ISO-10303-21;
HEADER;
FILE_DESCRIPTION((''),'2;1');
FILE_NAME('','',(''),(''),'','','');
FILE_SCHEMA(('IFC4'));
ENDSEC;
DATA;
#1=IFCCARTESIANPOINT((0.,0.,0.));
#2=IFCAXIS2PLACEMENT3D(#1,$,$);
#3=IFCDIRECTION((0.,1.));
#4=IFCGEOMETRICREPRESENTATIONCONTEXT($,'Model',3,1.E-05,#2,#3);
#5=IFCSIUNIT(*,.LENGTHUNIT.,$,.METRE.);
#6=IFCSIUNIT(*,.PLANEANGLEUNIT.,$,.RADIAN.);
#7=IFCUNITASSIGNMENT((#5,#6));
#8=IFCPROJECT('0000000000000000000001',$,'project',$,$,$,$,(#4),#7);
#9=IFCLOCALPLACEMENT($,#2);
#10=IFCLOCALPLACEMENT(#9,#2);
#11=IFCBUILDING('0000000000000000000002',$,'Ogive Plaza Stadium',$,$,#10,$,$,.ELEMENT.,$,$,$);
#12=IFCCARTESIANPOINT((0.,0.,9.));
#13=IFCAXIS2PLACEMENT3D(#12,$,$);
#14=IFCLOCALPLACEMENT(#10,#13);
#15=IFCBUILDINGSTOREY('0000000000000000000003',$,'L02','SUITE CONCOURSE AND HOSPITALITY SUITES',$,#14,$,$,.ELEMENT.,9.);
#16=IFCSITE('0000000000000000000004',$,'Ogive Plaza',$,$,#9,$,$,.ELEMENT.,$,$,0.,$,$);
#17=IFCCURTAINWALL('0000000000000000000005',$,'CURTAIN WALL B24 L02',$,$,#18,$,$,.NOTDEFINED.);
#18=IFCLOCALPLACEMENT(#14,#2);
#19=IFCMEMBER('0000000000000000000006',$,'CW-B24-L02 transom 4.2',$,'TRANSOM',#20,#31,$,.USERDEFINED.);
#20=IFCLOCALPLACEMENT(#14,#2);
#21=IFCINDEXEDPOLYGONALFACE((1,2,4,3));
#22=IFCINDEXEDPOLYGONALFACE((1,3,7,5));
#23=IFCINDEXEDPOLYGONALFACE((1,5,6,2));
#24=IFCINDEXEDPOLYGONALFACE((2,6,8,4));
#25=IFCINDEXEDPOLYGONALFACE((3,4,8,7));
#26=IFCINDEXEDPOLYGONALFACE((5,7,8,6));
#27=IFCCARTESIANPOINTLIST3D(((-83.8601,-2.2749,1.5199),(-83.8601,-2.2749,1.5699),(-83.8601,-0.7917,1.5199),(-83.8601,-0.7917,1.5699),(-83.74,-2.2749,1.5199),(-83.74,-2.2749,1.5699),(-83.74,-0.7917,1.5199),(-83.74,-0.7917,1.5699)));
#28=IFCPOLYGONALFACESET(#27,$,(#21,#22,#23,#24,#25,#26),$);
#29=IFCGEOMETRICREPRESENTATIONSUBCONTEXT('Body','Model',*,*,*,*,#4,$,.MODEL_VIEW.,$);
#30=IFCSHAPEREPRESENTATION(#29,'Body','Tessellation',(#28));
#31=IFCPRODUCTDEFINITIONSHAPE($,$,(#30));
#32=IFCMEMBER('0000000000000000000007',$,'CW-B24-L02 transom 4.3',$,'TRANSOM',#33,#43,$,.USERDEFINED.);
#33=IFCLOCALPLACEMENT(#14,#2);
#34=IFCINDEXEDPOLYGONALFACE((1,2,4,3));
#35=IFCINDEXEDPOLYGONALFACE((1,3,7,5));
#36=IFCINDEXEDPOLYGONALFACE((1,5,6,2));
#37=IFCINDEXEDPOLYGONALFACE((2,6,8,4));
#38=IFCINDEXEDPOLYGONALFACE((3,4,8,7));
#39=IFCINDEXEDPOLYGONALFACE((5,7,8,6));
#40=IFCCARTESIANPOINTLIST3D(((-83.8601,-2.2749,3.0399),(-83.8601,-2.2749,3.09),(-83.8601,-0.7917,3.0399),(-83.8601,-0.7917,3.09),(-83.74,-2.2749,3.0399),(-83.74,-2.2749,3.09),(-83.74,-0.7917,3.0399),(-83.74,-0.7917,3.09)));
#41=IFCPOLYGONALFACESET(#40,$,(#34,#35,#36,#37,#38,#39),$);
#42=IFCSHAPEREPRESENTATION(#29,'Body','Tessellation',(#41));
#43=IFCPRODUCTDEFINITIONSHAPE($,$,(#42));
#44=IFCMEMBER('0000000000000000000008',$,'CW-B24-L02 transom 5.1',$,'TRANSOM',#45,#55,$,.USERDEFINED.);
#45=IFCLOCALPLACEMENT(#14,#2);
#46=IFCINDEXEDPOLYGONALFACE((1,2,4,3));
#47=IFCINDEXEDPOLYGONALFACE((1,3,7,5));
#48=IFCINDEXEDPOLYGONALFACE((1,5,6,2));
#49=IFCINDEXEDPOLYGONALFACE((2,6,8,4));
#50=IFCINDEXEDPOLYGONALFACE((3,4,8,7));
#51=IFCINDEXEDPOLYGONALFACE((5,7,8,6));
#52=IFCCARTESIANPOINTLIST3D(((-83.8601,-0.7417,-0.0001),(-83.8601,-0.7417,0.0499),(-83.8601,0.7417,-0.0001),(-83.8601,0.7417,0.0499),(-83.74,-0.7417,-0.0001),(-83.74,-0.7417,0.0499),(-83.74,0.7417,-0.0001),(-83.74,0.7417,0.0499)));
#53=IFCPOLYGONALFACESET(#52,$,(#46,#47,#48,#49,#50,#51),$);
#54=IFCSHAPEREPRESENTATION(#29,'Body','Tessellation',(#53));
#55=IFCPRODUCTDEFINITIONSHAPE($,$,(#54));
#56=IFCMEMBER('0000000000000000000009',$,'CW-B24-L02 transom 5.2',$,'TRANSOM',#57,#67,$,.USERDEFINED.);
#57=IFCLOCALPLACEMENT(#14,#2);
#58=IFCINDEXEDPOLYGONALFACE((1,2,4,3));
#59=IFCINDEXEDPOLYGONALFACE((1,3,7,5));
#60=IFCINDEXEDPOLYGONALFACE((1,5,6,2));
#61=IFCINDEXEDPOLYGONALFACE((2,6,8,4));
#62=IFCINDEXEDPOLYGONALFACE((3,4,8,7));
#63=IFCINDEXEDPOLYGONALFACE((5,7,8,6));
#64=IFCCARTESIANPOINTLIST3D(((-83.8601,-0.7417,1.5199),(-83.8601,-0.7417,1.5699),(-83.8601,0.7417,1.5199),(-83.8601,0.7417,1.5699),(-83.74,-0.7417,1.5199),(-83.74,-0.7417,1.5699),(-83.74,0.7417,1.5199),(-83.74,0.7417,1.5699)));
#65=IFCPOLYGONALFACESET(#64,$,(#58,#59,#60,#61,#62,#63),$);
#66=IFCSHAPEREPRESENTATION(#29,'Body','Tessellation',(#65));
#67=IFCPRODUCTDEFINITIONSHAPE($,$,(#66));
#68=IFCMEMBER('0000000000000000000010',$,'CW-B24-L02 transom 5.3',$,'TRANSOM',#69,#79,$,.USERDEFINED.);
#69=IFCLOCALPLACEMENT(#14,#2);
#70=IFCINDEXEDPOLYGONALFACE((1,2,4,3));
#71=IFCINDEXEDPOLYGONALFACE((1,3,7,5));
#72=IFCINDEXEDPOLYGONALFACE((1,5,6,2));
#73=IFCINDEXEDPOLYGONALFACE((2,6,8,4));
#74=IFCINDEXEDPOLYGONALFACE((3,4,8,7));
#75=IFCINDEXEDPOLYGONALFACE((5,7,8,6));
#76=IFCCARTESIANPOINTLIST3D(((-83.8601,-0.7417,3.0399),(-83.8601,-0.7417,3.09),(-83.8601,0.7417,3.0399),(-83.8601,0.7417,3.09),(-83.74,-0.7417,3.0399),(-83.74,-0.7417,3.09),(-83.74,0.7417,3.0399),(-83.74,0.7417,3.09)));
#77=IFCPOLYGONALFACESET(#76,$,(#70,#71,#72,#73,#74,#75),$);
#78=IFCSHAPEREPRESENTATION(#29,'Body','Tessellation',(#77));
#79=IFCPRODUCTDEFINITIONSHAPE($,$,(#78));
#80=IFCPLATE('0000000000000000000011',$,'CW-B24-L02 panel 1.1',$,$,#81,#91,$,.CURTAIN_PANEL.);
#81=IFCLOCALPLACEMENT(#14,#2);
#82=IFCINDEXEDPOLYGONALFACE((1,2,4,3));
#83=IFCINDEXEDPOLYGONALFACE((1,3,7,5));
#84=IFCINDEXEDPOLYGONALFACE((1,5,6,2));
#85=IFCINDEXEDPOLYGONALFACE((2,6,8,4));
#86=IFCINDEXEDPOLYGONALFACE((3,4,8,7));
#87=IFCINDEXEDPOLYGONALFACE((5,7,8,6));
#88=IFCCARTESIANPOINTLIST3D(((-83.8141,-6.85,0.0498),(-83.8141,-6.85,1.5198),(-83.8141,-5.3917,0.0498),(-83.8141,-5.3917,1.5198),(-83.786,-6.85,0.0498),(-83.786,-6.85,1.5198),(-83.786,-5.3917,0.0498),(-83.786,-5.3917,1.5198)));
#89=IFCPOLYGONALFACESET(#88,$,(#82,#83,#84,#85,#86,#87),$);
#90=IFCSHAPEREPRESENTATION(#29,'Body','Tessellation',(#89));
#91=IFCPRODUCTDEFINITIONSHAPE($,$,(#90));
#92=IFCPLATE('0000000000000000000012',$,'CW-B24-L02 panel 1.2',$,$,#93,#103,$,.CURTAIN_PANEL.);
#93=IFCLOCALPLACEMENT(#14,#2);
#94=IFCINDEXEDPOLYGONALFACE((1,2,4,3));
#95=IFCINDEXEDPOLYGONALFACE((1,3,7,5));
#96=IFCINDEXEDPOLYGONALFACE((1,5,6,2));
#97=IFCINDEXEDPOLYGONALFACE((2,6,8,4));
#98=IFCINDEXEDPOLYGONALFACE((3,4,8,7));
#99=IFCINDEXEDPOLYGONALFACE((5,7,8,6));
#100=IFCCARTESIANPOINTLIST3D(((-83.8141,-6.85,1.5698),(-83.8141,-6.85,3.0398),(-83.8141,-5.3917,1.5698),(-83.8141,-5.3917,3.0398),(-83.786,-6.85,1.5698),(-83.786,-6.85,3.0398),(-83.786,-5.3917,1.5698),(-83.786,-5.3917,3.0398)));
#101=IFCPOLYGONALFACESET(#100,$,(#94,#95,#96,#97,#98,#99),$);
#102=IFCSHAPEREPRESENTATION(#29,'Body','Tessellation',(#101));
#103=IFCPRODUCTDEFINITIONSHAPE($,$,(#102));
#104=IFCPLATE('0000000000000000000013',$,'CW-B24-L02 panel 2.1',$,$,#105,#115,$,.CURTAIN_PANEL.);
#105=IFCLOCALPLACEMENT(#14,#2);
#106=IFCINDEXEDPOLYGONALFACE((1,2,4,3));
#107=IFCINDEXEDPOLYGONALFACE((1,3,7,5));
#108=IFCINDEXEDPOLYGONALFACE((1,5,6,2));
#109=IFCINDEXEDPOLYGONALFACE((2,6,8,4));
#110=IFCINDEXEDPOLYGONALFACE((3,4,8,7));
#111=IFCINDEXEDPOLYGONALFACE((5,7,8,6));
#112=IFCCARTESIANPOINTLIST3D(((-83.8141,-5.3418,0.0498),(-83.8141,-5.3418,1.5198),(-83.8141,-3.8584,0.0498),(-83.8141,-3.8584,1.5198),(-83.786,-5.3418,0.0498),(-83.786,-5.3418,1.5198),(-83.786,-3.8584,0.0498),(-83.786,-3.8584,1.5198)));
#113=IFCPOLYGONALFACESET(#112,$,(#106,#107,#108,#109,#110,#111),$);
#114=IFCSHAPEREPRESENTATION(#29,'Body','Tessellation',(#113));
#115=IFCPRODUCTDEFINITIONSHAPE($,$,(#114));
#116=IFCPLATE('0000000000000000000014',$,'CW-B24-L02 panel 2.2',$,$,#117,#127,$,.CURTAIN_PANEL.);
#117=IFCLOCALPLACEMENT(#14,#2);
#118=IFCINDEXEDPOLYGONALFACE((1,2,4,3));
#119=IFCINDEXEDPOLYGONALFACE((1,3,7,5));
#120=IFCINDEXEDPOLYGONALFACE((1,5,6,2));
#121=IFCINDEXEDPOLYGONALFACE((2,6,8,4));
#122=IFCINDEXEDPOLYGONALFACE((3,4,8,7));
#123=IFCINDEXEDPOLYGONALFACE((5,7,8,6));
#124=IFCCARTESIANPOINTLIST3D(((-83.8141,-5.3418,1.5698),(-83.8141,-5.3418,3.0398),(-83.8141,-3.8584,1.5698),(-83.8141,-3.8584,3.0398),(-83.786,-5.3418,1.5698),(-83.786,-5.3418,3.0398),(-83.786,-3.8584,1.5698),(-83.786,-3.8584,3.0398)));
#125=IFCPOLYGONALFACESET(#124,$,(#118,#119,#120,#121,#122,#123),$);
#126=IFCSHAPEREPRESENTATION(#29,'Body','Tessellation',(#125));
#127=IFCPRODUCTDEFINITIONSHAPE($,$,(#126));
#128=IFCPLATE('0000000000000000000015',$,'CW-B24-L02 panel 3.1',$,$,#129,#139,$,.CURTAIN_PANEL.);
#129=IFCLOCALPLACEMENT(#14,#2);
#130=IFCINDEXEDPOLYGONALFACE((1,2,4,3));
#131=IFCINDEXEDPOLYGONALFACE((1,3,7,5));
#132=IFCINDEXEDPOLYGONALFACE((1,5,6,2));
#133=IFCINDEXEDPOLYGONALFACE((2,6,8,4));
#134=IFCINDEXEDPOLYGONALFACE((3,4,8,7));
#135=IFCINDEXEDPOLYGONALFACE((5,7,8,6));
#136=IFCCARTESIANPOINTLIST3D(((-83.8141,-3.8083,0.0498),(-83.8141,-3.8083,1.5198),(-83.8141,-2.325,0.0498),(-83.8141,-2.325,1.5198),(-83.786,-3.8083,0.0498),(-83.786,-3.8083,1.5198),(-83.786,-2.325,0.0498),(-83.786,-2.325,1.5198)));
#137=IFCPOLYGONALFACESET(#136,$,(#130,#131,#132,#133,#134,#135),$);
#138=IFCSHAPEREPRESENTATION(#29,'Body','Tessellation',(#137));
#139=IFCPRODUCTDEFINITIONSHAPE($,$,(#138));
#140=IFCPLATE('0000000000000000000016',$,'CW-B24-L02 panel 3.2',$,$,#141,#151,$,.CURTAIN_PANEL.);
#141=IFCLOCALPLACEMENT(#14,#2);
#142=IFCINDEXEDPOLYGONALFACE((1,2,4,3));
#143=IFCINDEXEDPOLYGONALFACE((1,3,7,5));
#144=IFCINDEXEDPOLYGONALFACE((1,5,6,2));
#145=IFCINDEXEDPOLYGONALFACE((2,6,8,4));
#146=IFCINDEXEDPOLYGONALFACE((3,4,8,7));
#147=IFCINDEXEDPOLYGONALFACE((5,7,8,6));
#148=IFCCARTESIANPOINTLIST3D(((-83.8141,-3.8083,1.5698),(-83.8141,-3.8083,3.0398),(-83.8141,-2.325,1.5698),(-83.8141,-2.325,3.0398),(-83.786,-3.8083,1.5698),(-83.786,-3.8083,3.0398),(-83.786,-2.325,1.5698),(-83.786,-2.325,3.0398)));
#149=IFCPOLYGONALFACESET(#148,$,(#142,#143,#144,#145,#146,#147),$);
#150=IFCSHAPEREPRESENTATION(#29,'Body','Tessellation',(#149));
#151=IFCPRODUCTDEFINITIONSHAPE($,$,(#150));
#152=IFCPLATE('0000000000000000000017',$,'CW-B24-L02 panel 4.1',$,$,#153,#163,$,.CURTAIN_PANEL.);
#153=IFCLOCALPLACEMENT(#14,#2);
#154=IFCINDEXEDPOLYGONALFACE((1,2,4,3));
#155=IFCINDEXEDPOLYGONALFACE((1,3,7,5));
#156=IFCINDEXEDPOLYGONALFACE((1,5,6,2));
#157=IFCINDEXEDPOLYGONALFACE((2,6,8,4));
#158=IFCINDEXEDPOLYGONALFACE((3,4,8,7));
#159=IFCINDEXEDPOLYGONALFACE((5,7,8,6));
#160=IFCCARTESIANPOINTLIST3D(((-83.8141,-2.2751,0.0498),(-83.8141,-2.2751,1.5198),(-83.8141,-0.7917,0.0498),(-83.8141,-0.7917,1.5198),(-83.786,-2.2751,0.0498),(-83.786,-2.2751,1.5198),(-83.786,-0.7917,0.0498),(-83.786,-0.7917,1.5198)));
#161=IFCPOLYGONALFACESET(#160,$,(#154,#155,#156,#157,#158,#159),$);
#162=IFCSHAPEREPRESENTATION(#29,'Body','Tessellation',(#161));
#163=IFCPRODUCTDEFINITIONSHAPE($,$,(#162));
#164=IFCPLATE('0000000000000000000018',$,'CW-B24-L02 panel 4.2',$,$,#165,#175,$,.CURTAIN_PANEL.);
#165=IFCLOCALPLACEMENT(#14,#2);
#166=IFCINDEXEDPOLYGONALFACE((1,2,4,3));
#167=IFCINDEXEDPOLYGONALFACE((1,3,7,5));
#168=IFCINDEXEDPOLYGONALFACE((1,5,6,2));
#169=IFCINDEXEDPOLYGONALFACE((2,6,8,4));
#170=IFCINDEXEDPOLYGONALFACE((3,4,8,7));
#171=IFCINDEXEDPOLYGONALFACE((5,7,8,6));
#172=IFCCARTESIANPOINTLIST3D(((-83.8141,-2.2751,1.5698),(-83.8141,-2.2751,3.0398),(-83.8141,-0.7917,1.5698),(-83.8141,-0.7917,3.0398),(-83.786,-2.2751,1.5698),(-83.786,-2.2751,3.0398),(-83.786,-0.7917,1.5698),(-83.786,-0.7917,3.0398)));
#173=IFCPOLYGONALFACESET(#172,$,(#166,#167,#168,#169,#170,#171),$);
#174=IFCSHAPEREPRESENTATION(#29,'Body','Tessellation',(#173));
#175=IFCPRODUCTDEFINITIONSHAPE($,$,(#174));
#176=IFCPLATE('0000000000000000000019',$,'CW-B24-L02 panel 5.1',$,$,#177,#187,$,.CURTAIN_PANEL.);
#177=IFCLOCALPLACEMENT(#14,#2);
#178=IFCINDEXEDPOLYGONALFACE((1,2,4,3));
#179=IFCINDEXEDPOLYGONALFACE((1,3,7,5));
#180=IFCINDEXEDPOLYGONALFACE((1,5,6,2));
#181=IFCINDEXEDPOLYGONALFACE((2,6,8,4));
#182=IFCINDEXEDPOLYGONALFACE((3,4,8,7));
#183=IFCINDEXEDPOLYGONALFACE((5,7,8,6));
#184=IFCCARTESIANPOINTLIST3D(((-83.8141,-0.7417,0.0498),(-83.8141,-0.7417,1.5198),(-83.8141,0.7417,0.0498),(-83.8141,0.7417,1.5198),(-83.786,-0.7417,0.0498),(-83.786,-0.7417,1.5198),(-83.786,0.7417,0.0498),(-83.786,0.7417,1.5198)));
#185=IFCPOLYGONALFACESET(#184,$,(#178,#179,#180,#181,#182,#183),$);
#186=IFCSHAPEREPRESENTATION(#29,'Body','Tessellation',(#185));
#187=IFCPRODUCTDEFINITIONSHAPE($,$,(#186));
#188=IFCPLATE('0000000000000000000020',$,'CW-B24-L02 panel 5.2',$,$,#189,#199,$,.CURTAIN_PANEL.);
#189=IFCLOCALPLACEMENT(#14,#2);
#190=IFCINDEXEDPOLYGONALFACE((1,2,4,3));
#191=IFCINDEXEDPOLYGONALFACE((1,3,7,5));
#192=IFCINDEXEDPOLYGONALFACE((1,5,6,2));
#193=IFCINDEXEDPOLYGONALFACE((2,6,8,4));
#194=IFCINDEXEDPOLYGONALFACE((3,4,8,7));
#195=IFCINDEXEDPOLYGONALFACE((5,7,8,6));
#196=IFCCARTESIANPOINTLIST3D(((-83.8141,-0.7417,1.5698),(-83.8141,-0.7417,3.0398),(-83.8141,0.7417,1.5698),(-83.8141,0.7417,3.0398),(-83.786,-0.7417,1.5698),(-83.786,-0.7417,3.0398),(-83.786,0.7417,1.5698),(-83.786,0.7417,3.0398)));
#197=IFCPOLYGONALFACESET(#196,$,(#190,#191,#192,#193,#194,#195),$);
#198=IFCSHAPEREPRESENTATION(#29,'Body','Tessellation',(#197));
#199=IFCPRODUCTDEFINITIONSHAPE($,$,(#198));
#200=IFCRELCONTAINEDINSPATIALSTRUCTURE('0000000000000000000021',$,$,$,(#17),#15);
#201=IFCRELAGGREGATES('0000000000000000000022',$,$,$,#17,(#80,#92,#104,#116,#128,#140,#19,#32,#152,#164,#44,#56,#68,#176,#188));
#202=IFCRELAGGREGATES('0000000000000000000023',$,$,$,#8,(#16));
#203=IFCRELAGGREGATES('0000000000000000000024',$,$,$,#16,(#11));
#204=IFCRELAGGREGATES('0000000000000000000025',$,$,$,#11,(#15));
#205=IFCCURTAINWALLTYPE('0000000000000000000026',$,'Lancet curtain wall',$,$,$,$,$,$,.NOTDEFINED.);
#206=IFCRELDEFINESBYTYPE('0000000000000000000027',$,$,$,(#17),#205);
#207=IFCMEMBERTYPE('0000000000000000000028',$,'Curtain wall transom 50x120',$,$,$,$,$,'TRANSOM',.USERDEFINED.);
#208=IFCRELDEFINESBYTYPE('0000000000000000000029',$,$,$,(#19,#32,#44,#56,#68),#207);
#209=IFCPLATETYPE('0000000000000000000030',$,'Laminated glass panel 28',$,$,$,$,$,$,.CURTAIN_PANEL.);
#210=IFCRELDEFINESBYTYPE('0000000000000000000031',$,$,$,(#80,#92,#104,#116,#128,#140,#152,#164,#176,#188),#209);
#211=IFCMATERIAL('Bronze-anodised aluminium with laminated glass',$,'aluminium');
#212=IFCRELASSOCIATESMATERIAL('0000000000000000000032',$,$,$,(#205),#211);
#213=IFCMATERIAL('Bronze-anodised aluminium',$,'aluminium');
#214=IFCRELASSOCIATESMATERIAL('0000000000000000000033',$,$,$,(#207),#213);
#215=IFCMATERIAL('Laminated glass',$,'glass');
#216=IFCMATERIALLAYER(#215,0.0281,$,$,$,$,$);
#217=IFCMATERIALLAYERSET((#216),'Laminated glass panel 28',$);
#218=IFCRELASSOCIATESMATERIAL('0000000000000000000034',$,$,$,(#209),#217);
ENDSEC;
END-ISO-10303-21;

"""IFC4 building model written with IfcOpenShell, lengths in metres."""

from ifc_helpers import new_model, si_unit, direction, frame, origin, origin_2d, place, context, subcontext, project, spatial, rectangle, extrude, material, layer, layer_set, material_profile, profile_set, type_object, element, aggregate, save


model = new_model("IFC4")

# Units and contexts
model_context = context("Model", 3, precision=1e-05, world=origin(), true_north=direction((0.0, 1.0)))
body_context = subcontext(model_context, "Body", "Model", "MODEL_VIEW")
ifc_project = project(units=[si_unit("LENGTHUNIT", "METRE"), si_unit("PLANEANGLEUNIT", "RADIAN")], contexts=[model_context])

# Site, building, storey
site_placement = place(None, origin())
site = spatial("IfcSite", under=ifc_project, at=site_placement, Name="Ogive Plaza", CompositionType="ELEMENT", RefElevation=0.0)
building_placement = place(site_placement, origin())
building = spatial("IfcBuilding", under=site, at=building_placement, Name="Ogive Plaza Stadium", CompositionType="ELEMENT")
storey_placement = place(building_placement, frame((0.0, 0.0, 9.0)))
storey = spatial("IfcBuildingStorey", under=building, at=storey_placement, Name="L02", Description="SUITE CONCOURSE AND HOSPITALITY SUITES", CompositionType="ELEMENT", Elevation=9.0)

# Curtain wall, members, plates
ifc_material_1 = material(Name="Bronze-anodised aluminium with laminated glass", Category="aluminium")
curtain_wall_type = type_object("IfcCurtainWallType", Name="Lancet curtain wall", PredefinedType="NOTDEFINED", material=ifc_material_1)
curtain_wall_placement = place(storey_placement, origin())
curtain_wall = element("IfcCurtainWall", 1, at=curtain_wall_placement, inside=storey, type_object=curtain_wall_type, Name="CURTAIN WALL B24 L02", PredefinedType="NOTDEFINED")
ifc_material_2 = material(Name="Bronze-anodised aluminium", Category="aluminium")
ifc_material_profile_1 = material_profile(ifc_material_2, rectangle(XDim=0.1201, YDim=0.05, at=origin_2d()), Name="AL 120x50")
ifc_profile_set_1 = profile_set([ifc_material_profile_1], Name="Bronze-anodised aluminium")
member_type_1 = type_object("IfcMemberType", Name="Curtain wall transom 50x120", ElementType="TRANSOM", PredefinedType="USERDEFINED", material=ifc_profile_set_1)
member_1_placement = place(storey_placement, frame((-83.8, -2.2749, 1.5449), z_axis=(0.0, 1.0, 0.0), x_axis=(-1.0, 0.0, 0.0)))
member_1 = element("IfcMember", 2, at=member_1_placement, type_object=member_type_1, Name="CW-B24-L02 transom 4.2", ObjectType="TRANSOM", PredefinedType="USERDEFINED", context=body_context, shape_type="SweptSolid", body=[
    extrude(rectangle(XDim=0.1201, YDim=0.05, at=origin_2d()), origin(), (0.0, 0.0, 1.0), 1.4832),
])
member_2_placement = place(storey_placement, frame((-83.8, -2.2749, 3.0649), z_axis=(0.0, 1.0, 0.0), x_axis=(-1.0, 0.0, 0.0)))
member_2 = element("IfcMember", 3, at=member_2_placement, type_object=member_type_1, Name="CW-B24-L02 transom 4.3", ObjectType="TRANSOM", PredefinedType="USERDEFINED", context=body_context, shape_type="SweptSolid", body=[
    extrude(rectangle(XDim=0.1201, YDim=0.05, at=origin_2d()), origin(), (0.0, 0.0, 1.0), 1.4832),
])
member_3_placement = place(storey_placement, frame((-83.8, -0.7417, 0.0249), z_axis=(0.0, 1.0, 0.0), x_axis=(-1.0, 0.0, 0.0)))
member_3 = element("IfcMember", 4, at=member_3_placement, type_object=member_type_1, Name="CW-B24-L02 transom 5.1", ObjectType="TRANSOM", PredefinedType="USERDEFINED", context=body_context, shape_type="SweptSolid", body=[
    extrude(rectangle(XDim=0.1201, YDim=0.05, at=origin_2d()), origin(), (0.0, 0.0, 1.0), 1.4834),
])
member_4_placement = place(storey_placement, frame((-83.8, -0.7417, 1.5449), z_axis=(0.0, 1.0, 0.0), x_axis=(-1.0, 0.0, 0.0)))
member_4 = element("IfcMember", 5, at=member_4_placement, type_object=member_type_1, Name="CW-B24-L02 transom 5.2", ObjectType="TRANSOM", PredefinedType="USERDEFINED", context=body_context, shape_type="SweptSolid", body=[
    extrude(rectangle(XDim=0.1201, YDim=0.05, at=origin_2d()), origin(), (0.0, 0.0, 1.0), 1.4834),
])
member_5_placement = place(storey_placement, frame((-83.8, -0.7417, 3.0649), z_axis=(0.0, 1.0, 0.0), x_axis=(-1.0, 0.0, 0.0)))
member_5 = element("IfcMember", 6, at=member_5_placement, type_object=member_type_1, Name="CW-B24-L02 transom 5.3", ObjectType="TRANSOM", PredefinedType="USERDEFINED", context=body_context, shape_type="SweptSolid", body=[
    extrude(rectangle(XDim=0.1201, YDim=0.05, at=origin_2d()), origin(), (0.0, 0.0, 1.0), 1.4834),
])
ifc_material_3 = material(Name="Laminated glass", Category="glass")
ifc_layer_1 = layer(ifc_material_3, 0.0281)
ifc_layer_set_1 = layer_set([ifc_layer_1], Name="Laminated glass panel 28")
plate_type = type_object("IfcPlateType", Name="Laminated glass panel 28", PredefinedType="CURTAIN_PANEL", material=ifc_layer_set_1)
plate_1_placement = place(storey_placement, frame((-83.8, -6.1208, 0.0498), z_axis=(0.0, 0.0, 1.0), x_axis=(0.0, 1.0, 0.0)))
plate_1 = element("IfcPlate", 7, at=plate_1_placement, type_object=plate_type, Name="CW-B24-L02 panel 1.1", PredefinedType="CURTAIN_PANEL", context=body_context, shape_type="SweptSolid", body=[
    extrude(rectangle(XDim=1.4583, YDim=0.0281, at=origin_2d()), origin(), (0.0, 0.0, 1.0), 1.47),
])
plate_2_placement = place(storey_placement, frame((-83.8, -6.1208, 1.5698), z_axis=(0.0, 0.0, 1.0), x_axis=(0.0, 1.0, 0.0)))
plate_2 = element("IfcPlate", 8, at=plate_2_placement, type_object=plate_type, Name="CW-B24-L02 panel 1.2", PredefinedType="CURTAIN_PANEL", context=body_context, shape_type="SweptSolid", body=[
    extrude(rectangle(XDim=1.4583, YDim=0.0281, at=origin_2d()), origin(), (0.0, 0.0, 1.0), 1.47),
])
plate_3_placement = place(storey_placement, frame((-83.8, -4.6001, 0.0498), z_axis=(0.0, 0.0, 1.0), x_axis=(0.0, 1.0, 0.0)))
plate_3 = element("IfcPlate", 9, at=plate_3_placement, type_object=plate_type, Name="CW-B24-L02 panel 2.1", PredefinedType="CURTAIN_PANEL", context=body_context, shape_type="SweptSolid", body=[
    extrude(rectangle(XDim=1.4834, YDim=0.0281, at=origin_2d()), origin(), (0.0, 0.0, 1.0), 1.47),
])
plate_4_placement = place(storey_placement, frame((-83.8, -4.6001, 1.5698), z_axis=(0.0, 0.0, 1.0), x_axis=(0.0, 1.0, 0.0)))
plate_4 = element("IfcPlate", 10, at=plate_4_placement, type_object=plate_type, Name="CW-B24-L02 panel 2.2", PredefinedType="CURTAIN_PANEL", context=body_context, shape_type="SweptSolid", body=[
    extrude(rectangle(XDim=1.4834, YDim=0.0281, at=origin_2d()), origin(), (0.0, 0.0, 1.0), 1.47),
])
plate_5_placement = place(storey_placement, frame((-83.8, -3.0667, 0.0498), z_axis=(0.0, 0.0, 1.0), x_axis=(0.0, 1.0, 0.0)))
plate_5 = element("IfcPlate", 11, at=plate_5_placement, type_object=plate_type, Name="CW-B24-L02 panel 3.1", PredefinedType="CURTAIN_PANEL", context=body_context, shape_type="SweptSolid", body=[
    extrude(rectangle(XDim=1.4834, YDim=0.0281, at=origin_2d()), origin(), (0.0, 0.0, 1.0), 1.47),
])
plate_6_placement = place(storey_placement, frame((-83.8, -3.0667, 1.5698), z_axis=(0.0, 0.0, 1.0), x_axis=(0.0, 1.0, 0.0)))
plate_6 = element("IfcPlate", 12, at=plate_6_placement, type_object=plate_type, Name="CW-B24-L02 panel 3.2", PredefinedType="CURTAIN_PANEL", context=body_context, shape_type="SweptSolid", body=[
    extrude(rectangle(XDim=1.4834, YDim=0.0281, at=origin_2d()), origin(), (0.0, 0.0, 1.0), 1.47),
])
plate_7_placement = place(storey_placement, frame((-83.8, -1.5334, 0.0498), z_axis=(0.0, 0.0, 1.0), x_axis=(0.0, 1.0, 0.0)))
plate_7 = element("IfcPlate", 13, at=plate_7_placement, type_object=plate_type, Name="CW-B24-L02 panel 4.1", PredefinedType="CURTAIN_PANEL", context=body_context, shape_type="SweptSolid", body=[
    extrude(rectangle(XDim=1.4834, YDim=0.0281, at=origin_2d()), origin(), (0.0, 0.0, 1.0), 1.47),
])
plate_8_placement = place(storey_placement, frame((-83.8, -1.5334, 1.5698), z_axis=(0.0, 0.0, 1.0), x_axis=(0.0, 1.0, 0.0)))
plate_8 = element("IfcPlate", 14, at=plate_8_placement, type_object=plate_type, Name="CW-B24-L02 panel 4.2", PredefinedType="CURTAIN_PANEL", context=body_context, shape_type="SweptSolid", body=[
    extrude(rectangle(XDim=1.4834, YDim=0.0281, at=origin_2d()), origin(), (0.0, 0.0, 1.0), 1.47),
])
plate_9_placement = place(storey_placement, frame((-83.8, 0.0, 0.0498), z_axis=(0.0, 0.0, 1.0), x_axis=(0.0, 1.0, 0.0)))
plate_9 = element("IfcPlate", 15, at=plate_9_placement, type_object=plate_type, Name="CW-B24-L02 panel 5.1", PredefinedType="CURTAIN_PANEL", context=body_context, shape_type="SweptSolid", body=[
    extrude(rectangle(XDim=1.4834, YDim=0.0281, at=origin_2d()), origin(), (0.0, 0.0, 1.0), 1.47),
])
plate_10_placement = place(storey_placement, frame((-83.8, 0.0, 1.5698), z_axis=(0.0, 0.0, 1.0), x_axis=(0.0, 1.0, 0.0)))
plate_10 = element("IfcPlate", 16, at=plate_10_placement, type_object=plate_type, Name="CW-B24-L02 panel 5.2", PredefinedType="CURTAIN_PANEL", context=body_context, shape_type="SweptSolid", body=[
    extrude(rectangle(XDim=1.4834, YDim=0.0281, at=origin_2d()), origin(), (0.0, 0.0, 1.0), 1.47),
])
aggregate(curtain_wall, [plate_1, plate_2, plate_3, plate_4, plate_5, plate_6, member_1, member_2, plate_7, plate_8, member_3, member_4, member_5, plate_9, plate_10])

save(model, "model.ifc")
